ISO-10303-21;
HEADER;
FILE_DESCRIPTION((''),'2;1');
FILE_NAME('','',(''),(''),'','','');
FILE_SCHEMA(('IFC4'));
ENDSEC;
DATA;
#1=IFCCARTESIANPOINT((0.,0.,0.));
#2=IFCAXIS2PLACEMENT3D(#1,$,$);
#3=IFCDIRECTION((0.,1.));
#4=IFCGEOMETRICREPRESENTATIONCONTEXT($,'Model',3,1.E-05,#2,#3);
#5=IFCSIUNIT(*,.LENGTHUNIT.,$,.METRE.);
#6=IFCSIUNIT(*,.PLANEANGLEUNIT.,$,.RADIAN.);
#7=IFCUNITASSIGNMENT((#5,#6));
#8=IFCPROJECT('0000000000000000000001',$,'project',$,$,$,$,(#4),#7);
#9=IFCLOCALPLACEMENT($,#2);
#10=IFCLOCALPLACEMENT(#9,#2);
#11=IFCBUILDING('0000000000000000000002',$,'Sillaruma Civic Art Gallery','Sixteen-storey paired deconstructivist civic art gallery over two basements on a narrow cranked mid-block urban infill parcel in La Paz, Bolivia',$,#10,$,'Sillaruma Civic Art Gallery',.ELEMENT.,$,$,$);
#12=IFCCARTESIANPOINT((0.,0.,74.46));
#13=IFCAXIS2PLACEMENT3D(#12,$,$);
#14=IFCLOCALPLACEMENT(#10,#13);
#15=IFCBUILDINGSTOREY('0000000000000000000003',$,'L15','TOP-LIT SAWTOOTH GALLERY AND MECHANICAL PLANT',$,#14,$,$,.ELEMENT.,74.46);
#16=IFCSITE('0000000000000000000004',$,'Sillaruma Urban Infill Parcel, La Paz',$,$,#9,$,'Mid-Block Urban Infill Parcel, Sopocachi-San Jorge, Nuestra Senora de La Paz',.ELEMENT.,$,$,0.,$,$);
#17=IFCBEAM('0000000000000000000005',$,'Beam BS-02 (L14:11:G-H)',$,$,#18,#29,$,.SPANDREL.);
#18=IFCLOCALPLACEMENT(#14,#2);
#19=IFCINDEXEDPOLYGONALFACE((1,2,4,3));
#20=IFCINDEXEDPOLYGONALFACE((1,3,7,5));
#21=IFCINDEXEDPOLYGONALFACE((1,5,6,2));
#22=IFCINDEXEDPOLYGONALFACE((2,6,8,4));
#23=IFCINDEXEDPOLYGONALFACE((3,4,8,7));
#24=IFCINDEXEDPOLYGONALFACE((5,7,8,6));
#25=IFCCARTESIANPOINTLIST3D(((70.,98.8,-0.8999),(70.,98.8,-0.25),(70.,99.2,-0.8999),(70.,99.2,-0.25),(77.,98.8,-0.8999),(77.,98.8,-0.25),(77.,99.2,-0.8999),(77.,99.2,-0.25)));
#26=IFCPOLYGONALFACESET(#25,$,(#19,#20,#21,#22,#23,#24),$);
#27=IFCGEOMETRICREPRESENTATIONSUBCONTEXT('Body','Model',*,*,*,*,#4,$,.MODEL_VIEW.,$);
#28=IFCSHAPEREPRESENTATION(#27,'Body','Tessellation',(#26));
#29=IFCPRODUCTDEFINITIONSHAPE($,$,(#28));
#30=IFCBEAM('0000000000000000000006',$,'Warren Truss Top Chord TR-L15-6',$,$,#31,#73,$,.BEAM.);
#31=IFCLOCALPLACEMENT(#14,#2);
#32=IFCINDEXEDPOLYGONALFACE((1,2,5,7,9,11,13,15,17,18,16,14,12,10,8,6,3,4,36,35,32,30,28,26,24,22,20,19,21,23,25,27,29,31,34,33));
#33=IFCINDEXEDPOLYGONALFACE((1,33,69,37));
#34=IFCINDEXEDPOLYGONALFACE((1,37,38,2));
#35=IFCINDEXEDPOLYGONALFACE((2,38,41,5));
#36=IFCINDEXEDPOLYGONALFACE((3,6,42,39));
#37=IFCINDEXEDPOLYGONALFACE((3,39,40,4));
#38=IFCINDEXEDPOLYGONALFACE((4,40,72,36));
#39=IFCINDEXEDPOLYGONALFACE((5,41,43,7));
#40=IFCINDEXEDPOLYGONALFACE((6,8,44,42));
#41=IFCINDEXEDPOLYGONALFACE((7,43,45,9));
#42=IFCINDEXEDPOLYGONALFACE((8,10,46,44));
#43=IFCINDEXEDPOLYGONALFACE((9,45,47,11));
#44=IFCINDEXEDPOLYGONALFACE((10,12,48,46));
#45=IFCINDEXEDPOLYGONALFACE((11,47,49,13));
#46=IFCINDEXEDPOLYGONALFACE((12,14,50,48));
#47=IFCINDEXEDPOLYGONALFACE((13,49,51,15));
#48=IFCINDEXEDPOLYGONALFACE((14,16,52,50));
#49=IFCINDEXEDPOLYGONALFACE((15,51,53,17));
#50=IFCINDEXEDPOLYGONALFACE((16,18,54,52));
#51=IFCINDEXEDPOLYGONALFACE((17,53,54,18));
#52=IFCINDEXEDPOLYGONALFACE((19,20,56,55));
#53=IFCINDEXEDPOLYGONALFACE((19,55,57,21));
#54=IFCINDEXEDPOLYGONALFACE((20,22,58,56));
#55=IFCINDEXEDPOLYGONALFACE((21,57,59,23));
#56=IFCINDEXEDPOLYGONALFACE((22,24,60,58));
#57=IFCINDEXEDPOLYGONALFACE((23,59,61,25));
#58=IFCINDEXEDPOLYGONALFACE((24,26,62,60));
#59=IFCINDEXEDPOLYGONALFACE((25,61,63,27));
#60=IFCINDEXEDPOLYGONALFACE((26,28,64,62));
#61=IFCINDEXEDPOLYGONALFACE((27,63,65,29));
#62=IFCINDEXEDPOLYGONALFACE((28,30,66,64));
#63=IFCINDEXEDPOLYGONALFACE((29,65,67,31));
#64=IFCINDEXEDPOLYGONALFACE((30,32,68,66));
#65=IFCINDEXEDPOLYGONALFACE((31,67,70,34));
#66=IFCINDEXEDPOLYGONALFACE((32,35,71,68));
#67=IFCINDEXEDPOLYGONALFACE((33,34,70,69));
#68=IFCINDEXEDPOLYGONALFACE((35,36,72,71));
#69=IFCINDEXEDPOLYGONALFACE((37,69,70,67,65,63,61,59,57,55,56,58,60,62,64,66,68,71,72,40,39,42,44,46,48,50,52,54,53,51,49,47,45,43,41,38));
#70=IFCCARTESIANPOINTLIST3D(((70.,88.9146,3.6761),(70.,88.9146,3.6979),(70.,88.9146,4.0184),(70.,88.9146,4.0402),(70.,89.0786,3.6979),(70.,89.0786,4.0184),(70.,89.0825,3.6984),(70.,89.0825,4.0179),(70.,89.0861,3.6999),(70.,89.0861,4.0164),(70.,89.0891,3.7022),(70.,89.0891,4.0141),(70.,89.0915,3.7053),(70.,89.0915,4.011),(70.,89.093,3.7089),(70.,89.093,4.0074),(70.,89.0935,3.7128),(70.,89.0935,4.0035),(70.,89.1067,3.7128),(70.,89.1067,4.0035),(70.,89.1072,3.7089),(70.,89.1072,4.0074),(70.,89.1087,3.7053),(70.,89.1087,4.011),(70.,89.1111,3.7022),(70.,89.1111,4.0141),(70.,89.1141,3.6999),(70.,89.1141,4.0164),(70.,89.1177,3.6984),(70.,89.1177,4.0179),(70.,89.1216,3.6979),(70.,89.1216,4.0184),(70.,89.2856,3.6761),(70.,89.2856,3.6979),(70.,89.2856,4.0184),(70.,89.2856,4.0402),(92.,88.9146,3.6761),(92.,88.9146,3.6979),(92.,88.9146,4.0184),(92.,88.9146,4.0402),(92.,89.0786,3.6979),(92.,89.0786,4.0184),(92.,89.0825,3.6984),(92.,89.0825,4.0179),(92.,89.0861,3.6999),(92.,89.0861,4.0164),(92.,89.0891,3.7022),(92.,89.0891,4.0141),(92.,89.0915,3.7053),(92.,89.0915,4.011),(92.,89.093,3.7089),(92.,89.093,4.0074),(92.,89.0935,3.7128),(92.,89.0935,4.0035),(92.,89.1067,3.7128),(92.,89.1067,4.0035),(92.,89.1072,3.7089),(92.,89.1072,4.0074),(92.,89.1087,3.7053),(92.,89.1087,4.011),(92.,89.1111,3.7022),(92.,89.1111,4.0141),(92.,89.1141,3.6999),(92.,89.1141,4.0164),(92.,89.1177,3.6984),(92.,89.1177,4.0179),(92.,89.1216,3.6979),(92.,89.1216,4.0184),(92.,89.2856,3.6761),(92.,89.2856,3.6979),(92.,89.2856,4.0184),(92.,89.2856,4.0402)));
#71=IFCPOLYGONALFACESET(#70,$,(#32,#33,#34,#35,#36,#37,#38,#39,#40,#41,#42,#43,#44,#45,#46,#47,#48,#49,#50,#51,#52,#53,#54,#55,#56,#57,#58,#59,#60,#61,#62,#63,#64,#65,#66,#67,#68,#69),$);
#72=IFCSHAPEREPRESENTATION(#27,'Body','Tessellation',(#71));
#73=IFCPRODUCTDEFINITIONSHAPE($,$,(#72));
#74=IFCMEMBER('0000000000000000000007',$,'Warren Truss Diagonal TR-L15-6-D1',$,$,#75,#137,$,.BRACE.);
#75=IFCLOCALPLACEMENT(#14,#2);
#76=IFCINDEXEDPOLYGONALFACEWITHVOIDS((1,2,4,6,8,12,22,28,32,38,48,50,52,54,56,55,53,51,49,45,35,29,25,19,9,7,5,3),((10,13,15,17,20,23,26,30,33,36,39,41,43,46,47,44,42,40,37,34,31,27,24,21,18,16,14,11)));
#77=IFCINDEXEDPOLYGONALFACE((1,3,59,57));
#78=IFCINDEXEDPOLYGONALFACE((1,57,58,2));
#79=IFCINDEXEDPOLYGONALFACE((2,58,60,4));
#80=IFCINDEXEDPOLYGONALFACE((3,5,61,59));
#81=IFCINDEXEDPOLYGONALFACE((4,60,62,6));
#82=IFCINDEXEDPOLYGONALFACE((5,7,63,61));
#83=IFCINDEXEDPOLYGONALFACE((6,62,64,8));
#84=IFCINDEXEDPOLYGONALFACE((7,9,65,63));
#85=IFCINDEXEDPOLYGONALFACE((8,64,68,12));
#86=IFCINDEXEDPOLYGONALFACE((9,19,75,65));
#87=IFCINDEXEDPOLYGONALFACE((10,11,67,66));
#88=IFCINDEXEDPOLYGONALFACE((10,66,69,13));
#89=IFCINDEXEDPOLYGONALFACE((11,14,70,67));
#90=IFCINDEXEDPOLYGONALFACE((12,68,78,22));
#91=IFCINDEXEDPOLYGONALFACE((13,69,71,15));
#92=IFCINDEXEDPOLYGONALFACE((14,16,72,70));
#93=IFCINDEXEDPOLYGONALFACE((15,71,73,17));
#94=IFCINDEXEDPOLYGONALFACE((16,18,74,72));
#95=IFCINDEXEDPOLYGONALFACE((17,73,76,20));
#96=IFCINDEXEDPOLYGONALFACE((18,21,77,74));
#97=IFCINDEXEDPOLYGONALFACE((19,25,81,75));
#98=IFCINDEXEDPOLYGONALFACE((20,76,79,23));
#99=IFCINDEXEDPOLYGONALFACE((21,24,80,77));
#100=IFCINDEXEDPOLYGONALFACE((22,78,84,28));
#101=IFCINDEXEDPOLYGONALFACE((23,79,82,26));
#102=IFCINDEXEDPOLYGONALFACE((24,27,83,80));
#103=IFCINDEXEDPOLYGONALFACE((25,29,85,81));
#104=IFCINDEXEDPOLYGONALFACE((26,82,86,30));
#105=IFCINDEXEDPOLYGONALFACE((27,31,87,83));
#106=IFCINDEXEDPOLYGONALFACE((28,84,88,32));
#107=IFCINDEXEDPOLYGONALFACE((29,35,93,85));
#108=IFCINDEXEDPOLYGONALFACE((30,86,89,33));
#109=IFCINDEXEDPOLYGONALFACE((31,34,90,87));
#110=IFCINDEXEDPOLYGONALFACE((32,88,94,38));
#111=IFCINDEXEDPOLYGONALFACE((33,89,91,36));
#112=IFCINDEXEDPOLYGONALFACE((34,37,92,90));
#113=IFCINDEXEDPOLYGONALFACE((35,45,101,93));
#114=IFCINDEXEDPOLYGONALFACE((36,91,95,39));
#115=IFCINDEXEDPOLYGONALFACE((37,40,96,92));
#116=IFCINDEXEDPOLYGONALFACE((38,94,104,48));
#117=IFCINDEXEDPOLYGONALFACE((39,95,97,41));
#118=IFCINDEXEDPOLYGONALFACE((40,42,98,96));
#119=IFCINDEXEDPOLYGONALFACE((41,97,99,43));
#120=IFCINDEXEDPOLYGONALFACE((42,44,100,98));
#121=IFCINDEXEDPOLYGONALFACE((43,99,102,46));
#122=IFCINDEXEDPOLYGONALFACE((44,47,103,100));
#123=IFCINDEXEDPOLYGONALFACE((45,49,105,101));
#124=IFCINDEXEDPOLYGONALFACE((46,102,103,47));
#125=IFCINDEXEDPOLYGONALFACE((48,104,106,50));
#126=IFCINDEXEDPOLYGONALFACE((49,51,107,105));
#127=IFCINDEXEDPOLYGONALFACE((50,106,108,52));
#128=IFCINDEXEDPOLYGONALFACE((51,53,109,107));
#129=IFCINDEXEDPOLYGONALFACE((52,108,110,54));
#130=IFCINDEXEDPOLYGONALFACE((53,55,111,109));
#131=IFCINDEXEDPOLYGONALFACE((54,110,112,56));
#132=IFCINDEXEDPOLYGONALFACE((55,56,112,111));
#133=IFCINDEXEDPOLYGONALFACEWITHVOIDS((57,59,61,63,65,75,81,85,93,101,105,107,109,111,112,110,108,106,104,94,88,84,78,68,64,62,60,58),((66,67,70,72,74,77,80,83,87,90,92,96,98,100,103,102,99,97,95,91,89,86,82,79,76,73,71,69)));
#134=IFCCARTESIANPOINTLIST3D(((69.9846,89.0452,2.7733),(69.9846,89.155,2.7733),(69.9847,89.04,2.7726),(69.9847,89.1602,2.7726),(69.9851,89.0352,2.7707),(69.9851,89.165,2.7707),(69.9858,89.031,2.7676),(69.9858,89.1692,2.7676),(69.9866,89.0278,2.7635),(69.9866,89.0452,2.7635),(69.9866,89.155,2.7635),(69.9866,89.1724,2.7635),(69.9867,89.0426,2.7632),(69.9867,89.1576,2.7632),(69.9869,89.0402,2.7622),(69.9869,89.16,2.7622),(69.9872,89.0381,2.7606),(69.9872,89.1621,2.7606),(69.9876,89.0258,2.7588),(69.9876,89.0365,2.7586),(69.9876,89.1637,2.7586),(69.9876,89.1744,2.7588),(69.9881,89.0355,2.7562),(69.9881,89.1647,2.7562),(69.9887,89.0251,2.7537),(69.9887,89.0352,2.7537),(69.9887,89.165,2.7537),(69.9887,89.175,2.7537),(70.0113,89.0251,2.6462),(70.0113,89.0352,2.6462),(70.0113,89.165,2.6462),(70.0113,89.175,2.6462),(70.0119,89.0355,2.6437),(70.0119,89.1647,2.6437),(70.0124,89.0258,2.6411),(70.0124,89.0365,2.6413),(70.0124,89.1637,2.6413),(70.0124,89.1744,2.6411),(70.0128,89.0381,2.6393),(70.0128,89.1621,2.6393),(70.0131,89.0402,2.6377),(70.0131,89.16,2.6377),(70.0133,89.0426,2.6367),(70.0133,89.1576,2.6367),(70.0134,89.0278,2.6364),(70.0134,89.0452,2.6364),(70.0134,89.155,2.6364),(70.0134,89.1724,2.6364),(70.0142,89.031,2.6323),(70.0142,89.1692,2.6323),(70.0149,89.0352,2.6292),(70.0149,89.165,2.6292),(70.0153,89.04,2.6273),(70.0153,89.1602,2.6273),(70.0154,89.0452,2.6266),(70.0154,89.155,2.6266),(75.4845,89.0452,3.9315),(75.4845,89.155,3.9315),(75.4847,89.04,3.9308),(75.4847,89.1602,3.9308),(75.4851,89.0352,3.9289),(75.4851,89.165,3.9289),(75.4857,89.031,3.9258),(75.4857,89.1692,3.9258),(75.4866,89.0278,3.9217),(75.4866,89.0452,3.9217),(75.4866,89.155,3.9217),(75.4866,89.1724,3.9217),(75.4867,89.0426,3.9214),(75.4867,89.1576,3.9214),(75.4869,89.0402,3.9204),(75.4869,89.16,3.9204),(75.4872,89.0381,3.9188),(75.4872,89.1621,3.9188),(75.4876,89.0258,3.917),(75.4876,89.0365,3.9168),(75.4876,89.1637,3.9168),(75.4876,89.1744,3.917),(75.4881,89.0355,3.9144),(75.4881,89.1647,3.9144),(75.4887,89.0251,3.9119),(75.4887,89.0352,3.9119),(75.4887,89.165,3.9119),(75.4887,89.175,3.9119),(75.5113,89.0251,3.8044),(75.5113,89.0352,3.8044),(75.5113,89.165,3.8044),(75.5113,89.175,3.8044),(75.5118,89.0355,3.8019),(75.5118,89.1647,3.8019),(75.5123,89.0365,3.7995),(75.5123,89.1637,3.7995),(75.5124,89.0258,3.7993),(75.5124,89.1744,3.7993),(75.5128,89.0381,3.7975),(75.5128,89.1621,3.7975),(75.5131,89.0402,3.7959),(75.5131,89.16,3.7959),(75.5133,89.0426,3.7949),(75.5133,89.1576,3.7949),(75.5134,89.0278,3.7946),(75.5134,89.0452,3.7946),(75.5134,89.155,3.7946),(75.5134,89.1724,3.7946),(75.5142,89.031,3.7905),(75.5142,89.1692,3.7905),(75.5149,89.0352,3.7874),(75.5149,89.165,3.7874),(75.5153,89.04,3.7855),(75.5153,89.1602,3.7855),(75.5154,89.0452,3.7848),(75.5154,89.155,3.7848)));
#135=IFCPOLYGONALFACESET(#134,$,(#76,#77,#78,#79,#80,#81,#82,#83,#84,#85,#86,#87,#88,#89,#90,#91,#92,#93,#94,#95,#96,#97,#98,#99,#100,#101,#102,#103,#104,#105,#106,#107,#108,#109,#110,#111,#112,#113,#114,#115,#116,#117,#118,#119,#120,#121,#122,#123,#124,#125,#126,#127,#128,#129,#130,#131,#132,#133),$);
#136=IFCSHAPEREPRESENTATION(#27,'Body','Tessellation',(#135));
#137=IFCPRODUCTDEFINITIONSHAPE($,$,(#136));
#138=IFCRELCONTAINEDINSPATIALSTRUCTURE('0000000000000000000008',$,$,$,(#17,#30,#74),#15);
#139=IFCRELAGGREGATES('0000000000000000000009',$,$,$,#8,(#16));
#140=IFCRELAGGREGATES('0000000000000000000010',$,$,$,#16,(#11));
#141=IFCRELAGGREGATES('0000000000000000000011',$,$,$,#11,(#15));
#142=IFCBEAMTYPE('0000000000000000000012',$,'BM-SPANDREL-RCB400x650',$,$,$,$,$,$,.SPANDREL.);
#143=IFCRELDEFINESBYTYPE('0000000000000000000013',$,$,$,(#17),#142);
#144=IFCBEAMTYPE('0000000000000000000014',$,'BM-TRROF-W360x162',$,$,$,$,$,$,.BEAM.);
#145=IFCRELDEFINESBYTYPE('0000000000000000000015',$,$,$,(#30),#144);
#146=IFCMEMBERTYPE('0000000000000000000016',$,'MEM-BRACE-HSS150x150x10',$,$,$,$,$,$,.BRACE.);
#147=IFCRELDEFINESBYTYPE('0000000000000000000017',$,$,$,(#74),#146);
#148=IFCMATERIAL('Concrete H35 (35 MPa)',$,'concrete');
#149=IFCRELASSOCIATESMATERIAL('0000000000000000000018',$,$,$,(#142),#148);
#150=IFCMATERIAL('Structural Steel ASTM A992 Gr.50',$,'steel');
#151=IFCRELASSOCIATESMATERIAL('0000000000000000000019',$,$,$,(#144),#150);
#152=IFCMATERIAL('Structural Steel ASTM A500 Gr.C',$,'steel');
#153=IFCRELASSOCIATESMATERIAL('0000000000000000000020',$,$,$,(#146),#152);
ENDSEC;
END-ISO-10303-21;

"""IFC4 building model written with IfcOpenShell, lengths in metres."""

from ifc_helpers import new_model, si_unit, direction, frame, origin, origin_2d, place, context, subcontext, project, spatial, rectangle, hollow_rectangle, i_section, extrude, material, material_profile, profile_set, type_object, element, save


model = new_model("IFC4")

# Units and contexts
model_context = context("Model", 3, precision=1e-05, world=origin(), true_north=direction((0.0, 1.0)))
body_context = subcontext(model_context, "Body", "Model", "MODEL_VIEW")
ifc_project = project(units=[si_unit("LENGTHUNIT", "METRE"), si_unit("PLANEANGLEUNIT", "RADIAN")], contexts=[model_context])

# Site, building, storey
site_placement = place(None, origin())
site = spatial("IfcSite", under=ifc_project, at=site_placement, Name="Sillaruma Urban Infill Parcel, La Paz", LongName="Mid-Block Urban Infill Parcel, Sopocachi-San Jorge, Nuestra Senora de La Paz", CompositionType="ELEMENT", RefElevation=0.0)
building_placement = place(site_placement, origin())
building = spatial("IfcBuilding", under=site, at=building_placement, Name="Sillaruma Civic Art Gallery", Description="Sixteen-storey paired deconstructivist civic art gallery over two basements on a narrow cranked mid-block urban infill parcel in La Paz, Bolivia", LongName="Sillaruma Civic Art Gallery", CompositionType="ELEMENT")
storey_placement = place(building_placement, frame((0.0, 0.0, 74.46)))
storey = spatial("IfcBuildingStorey", under=building, at=storey_placement, Name="L15", Description="TOP-LIT SAWTOOTH GALLERY AND MECHANICAL PLANT", CompositionType="ELEMENT", Elevation=74.46)

# Beams
ifc_material_1 = material(Name="Concrete H35 (35 MPa)", Category="concrete")
ifc_material_2 = material(Name="Structural Steel ASTM A992 Gr.50", Category="steel")
ifc_material_profile_1 = material_profile(ifc_material_1, rectangle(XDim=0.3999, YDim=0.6499, at=origin_2d()), Name="RCB400x650")
ifc_profile_set_1 = profile_set([ifc_material_profile_1], Name="Concrete H35 (35 MPa)")
beam_type_1 = type_object("IfcBeamType", Name="BM-SPANDREL-RCB400x650", PredefinedType="SPANDREL", material=ifc_profile_set_1)
beam_1_placement = place(storey_placement, frame((70.0, 99.0, -0.575), z_axis=(1.0, 0.0, 0.0), x_axis=(0.0, 1.0, 0.0)))
element("IfcBeam", 1, at=beam_1_placement, inside=storey, type_object=beam_type_1, Name="Beam BS-02 (L14:11:G-H)", PredefinedType="SPANDREL", context=body_context, shape_type="SweptSolid", body=[
    extrude(rectangle(XDim=0.3999, YDim=0.6499, at=origin_2d()), origin(), (0.0, 0.0, 1.0), 7.0),
])
ifc_material_profile_2 = material_profile(ifc_material_2, i_section(OverallWidth=0.3711, OverallDepth=0.364, WebThickness=0.0132, FlangeThickness=0.0217, FilletRadius=0.0149, at=origin_2d()), Name="W360x162")
ifc_profile_set_2 = profile_set([ifc_material_profile_2], Name="Structural Steel ASTM A992 Gr.50")
beam_type_2 = type_object("IfcBeamType", Name="BM-TRROF-W360x162", PredefinedType="BEAM", material=ifc_profile_set_2)
beam_2_placement = place(storey_placement, frame((70.0, 89.1001, 3.8582), z_axis=(1.0, 0.0, 0.0), x_axis=(0.0, 1.0, 0.0)))
element("IfcBeam", 2, at=beam_2_placement, inside=storey, type_object=beam_type_2, Name="Warren Truss Top Chord TR-L15-6", PredefinedType="BEAM", context=body_context, shape_type="SweptSolid", body=[
    extrude(i_section(OverallWidth=0.3711, OverallDepth=0.364, WebThickness=0.0132, FlangeThickness=0.0217, FilletRadius=0.0149, at=origin_2d()), origin(), (0.0, 0.0, 1.0), 22.0),
])

# Member
ifc_material_3 = material(Name="Structural Steel ASTM A500 Gr.C", Category="steel")
ifc_material_profile_3 = material_profile(ifc_material_3, hollow_rectangle(XDim=0.1499, YDim=0.1499, WallThickness=0.01, InnerFilletRadius=0.01, OuterFilletRadius=0.02, at=origin_2d()), Name="HSS150x150x10")
ifc_profile_set_3 = profile_set([ifc_material_profile_3], Name="Structural Steel ASTM A500 Gr.C")
member_type_1 = type_object("IfcMemberType", Name="MEM-BRACE-HSS150x150x10", PredefinedType="BRACE", material=ifc_profile_set_3)
member_1_placement = place(storey_placement, frame((70.0, 89.1001, 2.7), z_axis=(0.978539, 0.0, 0.206063), x_axis=(0.0, 1.0, 0.0)))
element("IfcMember", 3, at=member_1_placement, inside=storey, type_object=member_type_1, Name="Warren Truss Diagonal TR-L15-6-D1", PredefinedType="BRACE", context=body_context, shape_type="SweptSolid", body=[
    extrude(hollow_rectangle(XDim=0.1499, YDim=0.1499, WallThickness=0.01, InnerFilletRadius=0.01, OuterFilletRadius=0.02, at=origin_2d()), origin(), (0.0, 0.0, 1.0), 5.6206),
])

save(model, "model.ifc")
